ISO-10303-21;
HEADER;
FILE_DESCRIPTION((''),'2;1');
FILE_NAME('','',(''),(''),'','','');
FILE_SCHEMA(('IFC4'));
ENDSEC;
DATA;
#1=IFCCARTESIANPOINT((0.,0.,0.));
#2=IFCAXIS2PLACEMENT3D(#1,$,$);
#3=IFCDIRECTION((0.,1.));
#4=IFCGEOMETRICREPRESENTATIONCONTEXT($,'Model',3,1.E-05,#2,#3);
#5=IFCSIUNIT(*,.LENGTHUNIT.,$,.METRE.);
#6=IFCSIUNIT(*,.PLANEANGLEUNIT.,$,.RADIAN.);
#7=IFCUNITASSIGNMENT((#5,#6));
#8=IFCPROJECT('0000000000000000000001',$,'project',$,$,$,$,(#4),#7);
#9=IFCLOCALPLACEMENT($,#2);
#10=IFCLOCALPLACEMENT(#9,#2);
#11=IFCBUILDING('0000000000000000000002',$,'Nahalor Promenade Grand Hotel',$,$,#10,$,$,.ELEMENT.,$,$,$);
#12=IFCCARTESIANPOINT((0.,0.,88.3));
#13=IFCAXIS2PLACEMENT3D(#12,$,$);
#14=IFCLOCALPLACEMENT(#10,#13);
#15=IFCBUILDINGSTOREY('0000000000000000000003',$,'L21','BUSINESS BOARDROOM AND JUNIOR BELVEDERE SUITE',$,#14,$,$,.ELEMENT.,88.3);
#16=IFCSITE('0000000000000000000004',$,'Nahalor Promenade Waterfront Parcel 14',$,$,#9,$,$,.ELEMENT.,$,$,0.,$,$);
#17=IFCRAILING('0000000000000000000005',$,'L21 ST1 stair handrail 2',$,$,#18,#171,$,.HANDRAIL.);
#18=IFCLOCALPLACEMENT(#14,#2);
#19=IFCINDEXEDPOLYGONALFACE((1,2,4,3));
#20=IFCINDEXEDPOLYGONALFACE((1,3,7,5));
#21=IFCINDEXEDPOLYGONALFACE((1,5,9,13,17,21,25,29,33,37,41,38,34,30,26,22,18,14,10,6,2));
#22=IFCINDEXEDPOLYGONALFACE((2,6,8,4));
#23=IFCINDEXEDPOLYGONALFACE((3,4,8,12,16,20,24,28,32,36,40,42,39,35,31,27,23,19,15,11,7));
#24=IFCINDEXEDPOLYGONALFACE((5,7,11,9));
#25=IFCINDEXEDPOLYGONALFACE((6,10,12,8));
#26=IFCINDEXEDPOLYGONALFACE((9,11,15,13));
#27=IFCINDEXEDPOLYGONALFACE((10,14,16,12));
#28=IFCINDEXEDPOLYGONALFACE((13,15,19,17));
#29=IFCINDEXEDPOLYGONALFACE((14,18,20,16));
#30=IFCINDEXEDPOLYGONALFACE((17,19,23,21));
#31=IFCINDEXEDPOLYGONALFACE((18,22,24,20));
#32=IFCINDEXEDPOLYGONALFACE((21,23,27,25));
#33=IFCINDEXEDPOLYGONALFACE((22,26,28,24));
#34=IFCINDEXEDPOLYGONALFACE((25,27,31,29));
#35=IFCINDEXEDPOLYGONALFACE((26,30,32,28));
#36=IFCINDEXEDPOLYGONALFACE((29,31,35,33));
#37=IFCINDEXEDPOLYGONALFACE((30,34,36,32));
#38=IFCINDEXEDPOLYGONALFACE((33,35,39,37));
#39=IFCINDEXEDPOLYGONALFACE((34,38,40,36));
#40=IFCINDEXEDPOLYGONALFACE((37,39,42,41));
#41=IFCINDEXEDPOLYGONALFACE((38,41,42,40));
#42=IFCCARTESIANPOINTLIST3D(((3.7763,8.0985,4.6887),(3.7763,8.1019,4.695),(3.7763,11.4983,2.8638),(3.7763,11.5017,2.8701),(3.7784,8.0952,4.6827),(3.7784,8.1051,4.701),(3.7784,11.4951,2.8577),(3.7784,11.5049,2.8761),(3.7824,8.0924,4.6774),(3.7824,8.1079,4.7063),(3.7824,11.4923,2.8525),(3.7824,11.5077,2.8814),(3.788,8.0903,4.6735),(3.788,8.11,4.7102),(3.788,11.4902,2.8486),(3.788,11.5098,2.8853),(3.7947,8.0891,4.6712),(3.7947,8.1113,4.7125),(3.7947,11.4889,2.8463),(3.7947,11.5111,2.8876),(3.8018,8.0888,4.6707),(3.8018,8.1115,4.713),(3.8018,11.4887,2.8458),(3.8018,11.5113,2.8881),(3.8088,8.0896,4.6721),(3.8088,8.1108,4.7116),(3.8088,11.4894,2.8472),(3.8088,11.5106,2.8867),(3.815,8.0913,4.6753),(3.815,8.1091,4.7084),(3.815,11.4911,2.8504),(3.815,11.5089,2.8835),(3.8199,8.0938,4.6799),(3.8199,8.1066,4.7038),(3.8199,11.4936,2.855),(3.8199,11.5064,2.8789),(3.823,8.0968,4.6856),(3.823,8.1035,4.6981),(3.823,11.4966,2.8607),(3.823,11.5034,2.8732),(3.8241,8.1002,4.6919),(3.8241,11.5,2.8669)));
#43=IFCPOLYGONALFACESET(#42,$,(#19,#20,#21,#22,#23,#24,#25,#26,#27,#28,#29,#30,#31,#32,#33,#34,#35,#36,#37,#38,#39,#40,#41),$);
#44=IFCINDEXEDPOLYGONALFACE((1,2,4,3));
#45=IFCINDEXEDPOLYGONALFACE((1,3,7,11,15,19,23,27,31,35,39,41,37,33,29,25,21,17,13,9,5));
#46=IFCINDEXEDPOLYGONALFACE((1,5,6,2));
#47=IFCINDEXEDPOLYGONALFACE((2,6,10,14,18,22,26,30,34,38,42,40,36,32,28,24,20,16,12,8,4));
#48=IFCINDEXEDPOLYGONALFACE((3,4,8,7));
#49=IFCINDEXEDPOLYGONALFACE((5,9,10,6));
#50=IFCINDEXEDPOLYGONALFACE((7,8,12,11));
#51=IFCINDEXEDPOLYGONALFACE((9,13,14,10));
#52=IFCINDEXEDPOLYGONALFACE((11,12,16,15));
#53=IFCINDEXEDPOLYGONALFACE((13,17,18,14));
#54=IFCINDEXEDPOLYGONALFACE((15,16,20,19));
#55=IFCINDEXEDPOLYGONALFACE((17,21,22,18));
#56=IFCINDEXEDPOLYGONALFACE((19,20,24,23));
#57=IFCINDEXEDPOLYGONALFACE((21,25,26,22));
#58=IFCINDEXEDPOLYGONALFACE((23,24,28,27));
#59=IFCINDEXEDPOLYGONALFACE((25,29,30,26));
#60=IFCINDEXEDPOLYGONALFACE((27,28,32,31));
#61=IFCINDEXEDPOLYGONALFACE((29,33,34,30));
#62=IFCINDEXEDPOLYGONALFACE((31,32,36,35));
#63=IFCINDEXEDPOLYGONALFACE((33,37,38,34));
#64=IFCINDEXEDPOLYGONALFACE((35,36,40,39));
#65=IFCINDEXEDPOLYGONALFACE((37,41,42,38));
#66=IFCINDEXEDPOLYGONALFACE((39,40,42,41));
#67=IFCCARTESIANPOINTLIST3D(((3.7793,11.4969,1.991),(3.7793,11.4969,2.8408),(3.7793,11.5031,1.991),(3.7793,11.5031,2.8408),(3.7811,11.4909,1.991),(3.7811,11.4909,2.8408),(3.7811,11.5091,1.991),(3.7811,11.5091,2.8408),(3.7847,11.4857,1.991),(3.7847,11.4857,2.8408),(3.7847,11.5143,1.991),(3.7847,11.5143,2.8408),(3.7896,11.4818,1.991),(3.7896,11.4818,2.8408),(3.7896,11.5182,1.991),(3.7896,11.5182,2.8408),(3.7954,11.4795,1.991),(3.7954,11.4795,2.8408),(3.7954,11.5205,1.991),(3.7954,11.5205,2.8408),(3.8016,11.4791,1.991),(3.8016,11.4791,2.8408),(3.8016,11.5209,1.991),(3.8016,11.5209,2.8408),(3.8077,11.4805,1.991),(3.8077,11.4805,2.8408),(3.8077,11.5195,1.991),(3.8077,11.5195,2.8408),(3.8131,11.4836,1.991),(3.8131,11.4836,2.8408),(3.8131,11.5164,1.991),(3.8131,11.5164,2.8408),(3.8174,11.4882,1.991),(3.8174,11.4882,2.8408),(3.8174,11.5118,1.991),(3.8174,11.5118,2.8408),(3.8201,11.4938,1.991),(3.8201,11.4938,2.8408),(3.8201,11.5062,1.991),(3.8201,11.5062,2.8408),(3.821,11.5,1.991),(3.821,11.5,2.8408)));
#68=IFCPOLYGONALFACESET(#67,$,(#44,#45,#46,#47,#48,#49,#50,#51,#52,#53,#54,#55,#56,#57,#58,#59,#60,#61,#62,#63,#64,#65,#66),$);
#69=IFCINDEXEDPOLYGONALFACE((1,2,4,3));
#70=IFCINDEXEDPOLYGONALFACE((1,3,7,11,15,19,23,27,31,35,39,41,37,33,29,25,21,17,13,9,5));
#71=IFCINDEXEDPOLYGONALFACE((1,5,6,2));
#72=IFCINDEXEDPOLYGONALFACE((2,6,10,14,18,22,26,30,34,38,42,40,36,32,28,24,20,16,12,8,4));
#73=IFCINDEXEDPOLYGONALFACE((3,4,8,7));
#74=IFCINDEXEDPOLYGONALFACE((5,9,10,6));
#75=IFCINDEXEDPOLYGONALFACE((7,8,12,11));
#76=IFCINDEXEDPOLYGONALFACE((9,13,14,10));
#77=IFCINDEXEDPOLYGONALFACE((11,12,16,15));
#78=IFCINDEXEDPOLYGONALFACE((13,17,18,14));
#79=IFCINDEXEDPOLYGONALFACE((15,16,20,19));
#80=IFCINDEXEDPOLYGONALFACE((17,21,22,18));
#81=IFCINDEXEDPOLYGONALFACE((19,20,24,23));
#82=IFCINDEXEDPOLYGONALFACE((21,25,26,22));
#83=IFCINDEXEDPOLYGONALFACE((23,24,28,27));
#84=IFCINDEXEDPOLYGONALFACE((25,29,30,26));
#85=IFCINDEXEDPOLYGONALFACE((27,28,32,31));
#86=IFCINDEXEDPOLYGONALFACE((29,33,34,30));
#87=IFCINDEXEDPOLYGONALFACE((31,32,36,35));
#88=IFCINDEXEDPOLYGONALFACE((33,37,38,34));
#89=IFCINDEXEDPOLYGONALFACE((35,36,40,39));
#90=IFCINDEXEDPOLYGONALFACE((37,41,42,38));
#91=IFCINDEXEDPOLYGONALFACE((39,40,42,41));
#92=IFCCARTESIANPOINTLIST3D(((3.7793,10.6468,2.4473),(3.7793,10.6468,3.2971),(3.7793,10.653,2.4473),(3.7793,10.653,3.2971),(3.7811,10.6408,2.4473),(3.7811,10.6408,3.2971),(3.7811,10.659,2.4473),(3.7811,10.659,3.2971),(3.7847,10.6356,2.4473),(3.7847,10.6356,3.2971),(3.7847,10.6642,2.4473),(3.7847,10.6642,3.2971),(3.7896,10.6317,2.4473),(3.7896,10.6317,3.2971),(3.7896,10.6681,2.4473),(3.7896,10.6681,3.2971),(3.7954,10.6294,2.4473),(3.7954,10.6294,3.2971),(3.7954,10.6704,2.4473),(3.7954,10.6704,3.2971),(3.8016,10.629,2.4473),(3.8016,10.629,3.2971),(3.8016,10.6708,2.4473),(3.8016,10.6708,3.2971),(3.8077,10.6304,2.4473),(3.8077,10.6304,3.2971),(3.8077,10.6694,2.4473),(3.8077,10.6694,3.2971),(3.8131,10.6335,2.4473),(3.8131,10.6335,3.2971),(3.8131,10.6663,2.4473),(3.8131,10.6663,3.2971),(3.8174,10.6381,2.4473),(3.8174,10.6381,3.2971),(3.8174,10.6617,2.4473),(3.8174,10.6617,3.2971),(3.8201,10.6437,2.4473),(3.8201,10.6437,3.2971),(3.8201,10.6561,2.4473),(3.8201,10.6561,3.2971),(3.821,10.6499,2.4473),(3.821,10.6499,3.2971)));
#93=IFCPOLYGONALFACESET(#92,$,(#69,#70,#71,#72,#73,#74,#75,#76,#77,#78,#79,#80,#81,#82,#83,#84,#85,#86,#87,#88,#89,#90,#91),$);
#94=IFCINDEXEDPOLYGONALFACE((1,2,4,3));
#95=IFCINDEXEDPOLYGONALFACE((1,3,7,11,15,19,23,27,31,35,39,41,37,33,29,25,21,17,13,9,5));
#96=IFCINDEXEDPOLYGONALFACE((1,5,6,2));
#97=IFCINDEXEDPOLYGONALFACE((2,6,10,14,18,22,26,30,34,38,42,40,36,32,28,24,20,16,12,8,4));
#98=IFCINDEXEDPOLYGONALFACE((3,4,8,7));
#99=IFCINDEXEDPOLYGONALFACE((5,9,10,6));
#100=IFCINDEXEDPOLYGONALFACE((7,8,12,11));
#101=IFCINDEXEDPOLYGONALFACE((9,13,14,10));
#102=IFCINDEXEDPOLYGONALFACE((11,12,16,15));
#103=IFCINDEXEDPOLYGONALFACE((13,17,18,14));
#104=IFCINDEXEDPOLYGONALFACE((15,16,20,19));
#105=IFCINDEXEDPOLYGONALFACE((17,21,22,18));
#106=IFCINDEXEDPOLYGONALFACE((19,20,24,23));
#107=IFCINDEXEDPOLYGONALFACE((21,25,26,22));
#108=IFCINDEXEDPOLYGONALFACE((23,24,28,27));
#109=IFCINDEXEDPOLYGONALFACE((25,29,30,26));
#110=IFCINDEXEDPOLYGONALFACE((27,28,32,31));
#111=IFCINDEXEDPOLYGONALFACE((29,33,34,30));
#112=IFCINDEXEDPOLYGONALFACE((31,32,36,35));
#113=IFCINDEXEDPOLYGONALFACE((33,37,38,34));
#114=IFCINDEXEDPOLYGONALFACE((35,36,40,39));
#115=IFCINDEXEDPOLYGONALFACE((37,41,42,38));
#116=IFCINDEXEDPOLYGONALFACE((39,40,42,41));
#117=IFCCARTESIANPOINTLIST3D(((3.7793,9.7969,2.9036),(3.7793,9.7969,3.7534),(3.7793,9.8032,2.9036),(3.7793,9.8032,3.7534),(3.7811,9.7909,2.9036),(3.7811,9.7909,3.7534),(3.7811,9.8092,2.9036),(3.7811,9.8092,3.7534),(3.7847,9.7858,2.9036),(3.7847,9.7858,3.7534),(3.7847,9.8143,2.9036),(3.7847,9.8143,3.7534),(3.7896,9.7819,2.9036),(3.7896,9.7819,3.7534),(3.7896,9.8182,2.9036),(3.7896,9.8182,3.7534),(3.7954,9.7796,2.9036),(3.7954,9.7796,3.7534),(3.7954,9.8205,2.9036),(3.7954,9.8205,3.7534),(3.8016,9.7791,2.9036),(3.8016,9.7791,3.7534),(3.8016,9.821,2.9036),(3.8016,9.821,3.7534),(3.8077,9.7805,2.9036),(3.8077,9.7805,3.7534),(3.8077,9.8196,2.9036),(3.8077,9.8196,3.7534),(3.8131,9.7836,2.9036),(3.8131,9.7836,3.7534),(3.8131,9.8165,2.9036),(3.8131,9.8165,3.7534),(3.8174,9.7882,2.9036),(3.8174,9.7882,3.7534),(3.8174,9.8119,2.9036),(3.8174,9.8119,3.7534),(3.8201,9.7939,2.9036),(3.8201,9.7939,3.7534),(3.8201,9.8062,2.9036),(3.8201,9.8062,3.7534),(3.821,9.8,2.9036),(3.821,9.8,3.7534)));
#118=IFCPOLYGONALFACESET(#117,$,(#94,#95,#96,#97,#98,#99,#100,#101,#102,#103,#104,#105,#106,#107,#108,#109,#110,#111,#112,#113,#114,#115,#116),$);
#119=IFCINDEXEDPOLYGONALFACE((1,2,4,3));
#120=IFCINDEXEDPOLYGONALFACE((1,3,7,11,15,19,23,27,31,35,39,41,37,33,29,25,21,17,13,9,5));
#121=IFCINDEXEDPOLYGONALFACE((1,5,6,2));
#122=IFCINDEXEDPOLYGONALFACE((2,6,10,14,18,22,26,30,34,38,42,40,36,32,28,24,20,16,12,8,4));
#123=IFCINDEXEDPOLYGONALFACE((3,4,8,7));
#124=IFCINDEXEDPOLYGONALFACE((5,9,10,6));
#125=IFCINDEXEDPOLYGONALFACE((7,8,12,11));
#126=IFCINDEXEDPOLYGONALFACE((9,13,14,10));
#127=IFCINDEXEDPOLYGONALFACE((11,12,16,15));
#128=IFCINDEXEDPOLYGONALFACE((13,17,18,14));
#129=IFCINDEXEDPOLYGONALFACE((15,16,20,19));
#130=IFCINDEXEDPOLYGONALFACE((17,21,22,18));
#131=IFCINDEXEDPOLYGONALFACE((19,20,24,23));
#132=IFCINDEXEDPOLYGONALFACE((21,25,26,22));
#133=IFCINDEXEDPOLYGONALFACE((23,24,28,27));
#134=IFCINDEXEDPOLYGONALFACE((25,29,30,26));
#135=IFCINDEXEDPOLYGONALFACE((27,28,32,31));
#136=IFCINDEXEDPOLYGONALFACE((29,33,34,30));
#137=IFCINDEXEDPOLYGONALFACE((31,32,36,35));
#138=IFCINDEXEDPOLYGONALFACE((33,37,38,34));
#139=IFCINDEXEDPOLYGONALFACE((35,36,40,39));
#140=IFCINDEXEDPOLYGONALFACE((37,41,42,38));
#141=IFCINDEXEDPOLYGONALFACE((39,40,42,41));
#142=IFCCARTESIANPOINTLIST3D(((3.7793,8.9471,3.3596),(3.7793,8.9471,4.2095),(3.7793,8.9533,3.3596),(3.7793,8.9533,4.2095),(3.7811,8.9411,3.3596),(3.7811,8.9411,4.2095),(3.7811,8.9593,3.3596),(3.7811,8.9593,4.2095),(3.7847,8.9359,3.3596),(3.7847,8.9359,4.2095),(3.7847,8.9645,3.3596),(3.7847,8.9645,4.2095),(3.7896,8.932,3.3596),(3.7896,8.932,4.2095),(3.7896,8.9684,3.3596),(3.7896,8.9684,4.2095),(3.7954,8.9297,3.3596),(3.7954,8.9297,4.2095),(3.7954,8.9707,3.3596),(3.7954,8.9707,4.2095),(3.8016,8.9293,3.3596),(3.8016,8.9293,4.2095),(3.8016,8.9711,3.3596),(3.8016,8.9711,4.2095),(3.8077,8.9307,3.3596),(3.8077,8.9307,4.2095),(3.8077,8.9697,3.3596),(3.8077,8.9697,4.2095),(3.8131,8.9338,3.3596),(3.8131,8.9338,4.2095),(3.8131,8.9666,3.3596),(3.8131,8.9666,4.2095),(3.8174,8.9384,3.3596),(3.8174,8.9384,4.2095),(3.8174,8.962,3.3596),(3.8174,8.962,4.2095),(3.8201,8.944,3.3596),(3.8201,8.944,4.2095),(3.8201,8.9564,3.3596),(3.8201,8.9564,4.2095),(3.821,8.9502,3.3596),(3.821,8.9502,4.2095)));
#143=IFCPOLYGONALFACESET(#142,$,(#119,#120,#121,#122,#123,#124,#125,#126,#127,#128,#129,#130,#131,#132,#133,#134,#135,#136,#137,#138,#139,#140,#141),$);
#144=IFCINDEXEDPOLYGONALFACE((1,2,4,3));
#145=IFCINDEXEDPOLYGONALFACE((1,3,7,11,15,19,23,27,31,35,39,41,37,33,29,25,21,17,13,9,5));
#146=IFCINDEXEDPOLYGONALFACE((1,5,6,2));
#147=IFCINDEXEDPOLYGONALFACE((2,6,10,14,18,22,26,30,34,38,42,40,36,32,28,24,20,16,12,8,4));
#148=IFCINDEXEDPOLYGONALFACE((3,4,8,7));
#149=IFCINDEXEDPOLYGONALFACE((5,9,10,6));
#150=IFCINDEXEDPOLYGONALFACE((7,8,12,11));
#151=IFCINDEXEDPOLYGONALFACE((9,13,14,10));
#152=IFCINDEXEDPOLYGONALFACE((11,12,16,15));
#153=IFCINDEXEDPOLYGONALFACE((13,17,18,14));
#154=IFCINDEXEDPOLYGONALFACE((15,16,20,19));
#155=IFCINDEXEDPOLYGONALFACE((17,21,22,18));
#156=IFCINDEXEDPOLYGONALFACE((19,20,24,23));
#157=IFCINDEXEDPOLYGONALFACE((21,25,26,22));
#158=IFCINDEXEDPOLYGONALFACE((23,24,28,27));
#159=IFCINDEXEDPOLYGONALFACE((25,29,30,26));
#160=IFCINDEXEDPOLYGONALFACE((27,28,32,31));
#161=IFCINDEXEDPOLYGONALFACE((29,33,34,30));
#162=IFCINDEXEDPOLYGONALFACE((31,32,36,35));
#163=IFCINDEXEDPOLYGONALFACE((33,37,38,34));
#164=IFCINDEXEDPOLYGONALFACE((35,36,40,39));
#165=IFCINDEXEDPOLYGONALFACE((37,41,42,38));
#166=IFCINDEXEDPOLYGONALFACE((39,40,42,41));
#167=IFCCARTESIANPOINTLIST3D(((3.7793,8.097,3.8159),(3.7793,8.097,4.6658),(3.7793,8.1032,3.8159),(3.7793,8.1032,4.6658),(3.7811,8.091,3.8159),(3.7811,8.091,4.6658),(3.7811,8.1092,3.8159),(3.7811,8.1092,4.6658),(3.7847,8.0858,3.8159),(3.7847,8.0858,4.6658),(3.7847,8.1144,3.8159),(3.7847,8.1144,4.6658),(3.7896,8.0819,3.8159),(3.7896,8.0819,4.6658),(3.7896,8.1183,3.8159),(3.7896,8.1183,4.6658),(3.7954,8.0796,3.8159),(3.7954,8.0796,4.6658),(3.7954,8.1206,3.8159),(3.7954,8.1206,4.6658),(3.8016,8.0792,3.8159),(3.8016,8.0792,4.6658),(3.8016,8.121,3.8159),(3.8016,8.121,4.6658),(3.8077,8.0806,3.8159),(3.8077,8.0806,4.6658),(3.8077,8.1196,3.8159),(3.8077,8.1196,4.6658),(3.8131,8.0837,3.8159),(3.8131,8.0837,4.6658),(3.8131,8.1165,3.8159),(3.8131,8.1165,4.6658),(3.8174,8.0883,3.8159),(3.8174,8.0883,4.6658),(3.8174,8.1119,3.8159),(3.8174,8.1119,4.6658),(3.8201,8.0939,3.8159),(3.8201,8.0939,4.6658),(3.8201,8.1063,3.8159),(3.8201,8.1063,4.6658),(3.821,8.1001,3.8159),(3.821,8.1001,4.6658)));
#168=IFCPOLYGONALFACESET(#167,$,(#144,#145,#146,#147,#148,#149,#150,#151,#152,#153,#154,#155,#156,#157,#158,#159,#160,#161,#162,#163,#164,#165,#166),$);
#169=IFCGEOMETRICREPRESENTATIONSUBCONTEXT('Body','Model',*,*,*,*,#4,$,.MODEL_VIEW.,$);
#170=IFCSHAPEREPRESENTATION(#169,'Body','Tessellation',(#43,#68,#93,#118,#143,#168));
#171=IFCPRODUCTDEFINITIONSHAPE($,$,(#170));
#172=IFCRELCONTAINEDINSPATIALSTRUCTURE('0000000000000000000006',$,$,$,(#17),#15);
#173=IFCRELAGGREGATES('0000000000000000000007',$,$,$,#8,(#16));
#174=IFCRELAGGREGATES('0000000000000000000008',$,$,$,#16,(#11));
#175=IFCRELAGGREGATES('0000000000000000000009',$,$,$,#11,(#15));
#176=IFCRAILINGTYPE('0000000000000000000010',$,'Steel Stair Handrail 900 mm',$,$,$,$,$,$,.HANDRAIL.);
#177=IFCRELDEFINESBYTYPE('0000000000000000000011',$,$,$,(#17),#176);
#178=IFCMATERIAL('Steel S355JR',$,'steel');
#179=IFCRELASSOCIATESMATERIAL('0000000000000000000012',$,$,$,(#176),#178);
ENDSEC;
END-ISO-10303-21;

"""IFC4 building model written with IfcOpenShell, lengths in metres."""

from ifc_helpers import new_model, si_unit, direction, frame, origin, origin_2d, place, context, subcontext, project, spatial, circle, extrude, material, type_object, element, save


model = new_model("IFC4")

# Units and contexts
model_context = context("Model", 3, precision=1e-05, world=origin(), true_north=direction((0.0, 1.0)))
body_context = subcontext(model_context, "Body", "Model", "MODEL_VIEW")
ifc_project = project(units=[si_unit("LENGTHUNIT", "METRE"), si_unit("PLANEANGLEUNIT", "RADIAN")], contexts=[model_context])

# Site, building, storey
site_placement = place(None, origin())
site = spatial("IfcSite", under=ifc_project, at=site_placement, Name="Nahalor Promenade Waterfront Parcel 14", CompositionType="ELEMENT", RefElevation=0.0)
building_placement = place(site_placement, origin())
building = spatial("IfcBuilding", under=site, at=building_placement, Name="Nahalor Promenade Grand Hotel", CompositionType="ELEMENT")
storey_placement = place(building_placement, frame((0.0, 0.0, 88.3)))
storey = spatial("IfcBuildingStorey", under=building, at=storey_placement, Name="L21", Description="BUSINESS BOARDROOM AND JUNIOR BELVEDERE SUITE", CompositionType="ELEMENT", Elevation=88.3)

# Shared definitions
ifc_material_1 = material(Name="Steel S355JR", Category="steel")

# Railing
railing_type = type_object("IfcRailingType", Name="Steel Stair Handrail 900 mm", PredefinedType="HANDRAIL", material=ifc_material_1)
railing_placement = place(storey_placement, frame((3.8, 11.5, 1.991)))
element("IfcRailing", 1, at=railing_placement, inside=storey, type_object=railing_type, Name="L21 ST1 stair handrail 2", PredefinedType="HANDRAIL", context=body_context, shape_type="SweptSolid", body=[
    extrude(circle(Radius=0.024, at=origin_2d()), frame((0.0, 0.0, 0.876), z_axis=(0.0, -0.881094, 0.472941), x_axis=(1.0, 0.0, 0.0)), (0.0, 0.0, 1.0), 3.8586),
    extrude(circle(Radius=0.021, at=origin_2d()), origin(), (0.0, 0.0, 1.0), 0.8499),
    extrude(circle(Radius=0.021, at=origin_2d()), frame((0.0, -0.8501, 0.4563)), (0.0, 0.0, 1.0), 0.8499),
    extrude(circle(Radius=0.021, at=origin_2d()), frame((0.0, -1.7, 0.9126)), (0.0, 0.0, 1.0), 0.8499),
    extrude(circle(Radius=0.021, at=origin_2d()), frame((0.0, -2.5498, 1.3687)), (0.0, 0.0, 1.0), 0.8499),
    extrude(circle(Radius=0.021, at=origin_2d()), frame((0.0, -3.3999, 1.825)), (0.0, 0.0, 1.0), 0.8499),
])

save(model, "model.ifc")
